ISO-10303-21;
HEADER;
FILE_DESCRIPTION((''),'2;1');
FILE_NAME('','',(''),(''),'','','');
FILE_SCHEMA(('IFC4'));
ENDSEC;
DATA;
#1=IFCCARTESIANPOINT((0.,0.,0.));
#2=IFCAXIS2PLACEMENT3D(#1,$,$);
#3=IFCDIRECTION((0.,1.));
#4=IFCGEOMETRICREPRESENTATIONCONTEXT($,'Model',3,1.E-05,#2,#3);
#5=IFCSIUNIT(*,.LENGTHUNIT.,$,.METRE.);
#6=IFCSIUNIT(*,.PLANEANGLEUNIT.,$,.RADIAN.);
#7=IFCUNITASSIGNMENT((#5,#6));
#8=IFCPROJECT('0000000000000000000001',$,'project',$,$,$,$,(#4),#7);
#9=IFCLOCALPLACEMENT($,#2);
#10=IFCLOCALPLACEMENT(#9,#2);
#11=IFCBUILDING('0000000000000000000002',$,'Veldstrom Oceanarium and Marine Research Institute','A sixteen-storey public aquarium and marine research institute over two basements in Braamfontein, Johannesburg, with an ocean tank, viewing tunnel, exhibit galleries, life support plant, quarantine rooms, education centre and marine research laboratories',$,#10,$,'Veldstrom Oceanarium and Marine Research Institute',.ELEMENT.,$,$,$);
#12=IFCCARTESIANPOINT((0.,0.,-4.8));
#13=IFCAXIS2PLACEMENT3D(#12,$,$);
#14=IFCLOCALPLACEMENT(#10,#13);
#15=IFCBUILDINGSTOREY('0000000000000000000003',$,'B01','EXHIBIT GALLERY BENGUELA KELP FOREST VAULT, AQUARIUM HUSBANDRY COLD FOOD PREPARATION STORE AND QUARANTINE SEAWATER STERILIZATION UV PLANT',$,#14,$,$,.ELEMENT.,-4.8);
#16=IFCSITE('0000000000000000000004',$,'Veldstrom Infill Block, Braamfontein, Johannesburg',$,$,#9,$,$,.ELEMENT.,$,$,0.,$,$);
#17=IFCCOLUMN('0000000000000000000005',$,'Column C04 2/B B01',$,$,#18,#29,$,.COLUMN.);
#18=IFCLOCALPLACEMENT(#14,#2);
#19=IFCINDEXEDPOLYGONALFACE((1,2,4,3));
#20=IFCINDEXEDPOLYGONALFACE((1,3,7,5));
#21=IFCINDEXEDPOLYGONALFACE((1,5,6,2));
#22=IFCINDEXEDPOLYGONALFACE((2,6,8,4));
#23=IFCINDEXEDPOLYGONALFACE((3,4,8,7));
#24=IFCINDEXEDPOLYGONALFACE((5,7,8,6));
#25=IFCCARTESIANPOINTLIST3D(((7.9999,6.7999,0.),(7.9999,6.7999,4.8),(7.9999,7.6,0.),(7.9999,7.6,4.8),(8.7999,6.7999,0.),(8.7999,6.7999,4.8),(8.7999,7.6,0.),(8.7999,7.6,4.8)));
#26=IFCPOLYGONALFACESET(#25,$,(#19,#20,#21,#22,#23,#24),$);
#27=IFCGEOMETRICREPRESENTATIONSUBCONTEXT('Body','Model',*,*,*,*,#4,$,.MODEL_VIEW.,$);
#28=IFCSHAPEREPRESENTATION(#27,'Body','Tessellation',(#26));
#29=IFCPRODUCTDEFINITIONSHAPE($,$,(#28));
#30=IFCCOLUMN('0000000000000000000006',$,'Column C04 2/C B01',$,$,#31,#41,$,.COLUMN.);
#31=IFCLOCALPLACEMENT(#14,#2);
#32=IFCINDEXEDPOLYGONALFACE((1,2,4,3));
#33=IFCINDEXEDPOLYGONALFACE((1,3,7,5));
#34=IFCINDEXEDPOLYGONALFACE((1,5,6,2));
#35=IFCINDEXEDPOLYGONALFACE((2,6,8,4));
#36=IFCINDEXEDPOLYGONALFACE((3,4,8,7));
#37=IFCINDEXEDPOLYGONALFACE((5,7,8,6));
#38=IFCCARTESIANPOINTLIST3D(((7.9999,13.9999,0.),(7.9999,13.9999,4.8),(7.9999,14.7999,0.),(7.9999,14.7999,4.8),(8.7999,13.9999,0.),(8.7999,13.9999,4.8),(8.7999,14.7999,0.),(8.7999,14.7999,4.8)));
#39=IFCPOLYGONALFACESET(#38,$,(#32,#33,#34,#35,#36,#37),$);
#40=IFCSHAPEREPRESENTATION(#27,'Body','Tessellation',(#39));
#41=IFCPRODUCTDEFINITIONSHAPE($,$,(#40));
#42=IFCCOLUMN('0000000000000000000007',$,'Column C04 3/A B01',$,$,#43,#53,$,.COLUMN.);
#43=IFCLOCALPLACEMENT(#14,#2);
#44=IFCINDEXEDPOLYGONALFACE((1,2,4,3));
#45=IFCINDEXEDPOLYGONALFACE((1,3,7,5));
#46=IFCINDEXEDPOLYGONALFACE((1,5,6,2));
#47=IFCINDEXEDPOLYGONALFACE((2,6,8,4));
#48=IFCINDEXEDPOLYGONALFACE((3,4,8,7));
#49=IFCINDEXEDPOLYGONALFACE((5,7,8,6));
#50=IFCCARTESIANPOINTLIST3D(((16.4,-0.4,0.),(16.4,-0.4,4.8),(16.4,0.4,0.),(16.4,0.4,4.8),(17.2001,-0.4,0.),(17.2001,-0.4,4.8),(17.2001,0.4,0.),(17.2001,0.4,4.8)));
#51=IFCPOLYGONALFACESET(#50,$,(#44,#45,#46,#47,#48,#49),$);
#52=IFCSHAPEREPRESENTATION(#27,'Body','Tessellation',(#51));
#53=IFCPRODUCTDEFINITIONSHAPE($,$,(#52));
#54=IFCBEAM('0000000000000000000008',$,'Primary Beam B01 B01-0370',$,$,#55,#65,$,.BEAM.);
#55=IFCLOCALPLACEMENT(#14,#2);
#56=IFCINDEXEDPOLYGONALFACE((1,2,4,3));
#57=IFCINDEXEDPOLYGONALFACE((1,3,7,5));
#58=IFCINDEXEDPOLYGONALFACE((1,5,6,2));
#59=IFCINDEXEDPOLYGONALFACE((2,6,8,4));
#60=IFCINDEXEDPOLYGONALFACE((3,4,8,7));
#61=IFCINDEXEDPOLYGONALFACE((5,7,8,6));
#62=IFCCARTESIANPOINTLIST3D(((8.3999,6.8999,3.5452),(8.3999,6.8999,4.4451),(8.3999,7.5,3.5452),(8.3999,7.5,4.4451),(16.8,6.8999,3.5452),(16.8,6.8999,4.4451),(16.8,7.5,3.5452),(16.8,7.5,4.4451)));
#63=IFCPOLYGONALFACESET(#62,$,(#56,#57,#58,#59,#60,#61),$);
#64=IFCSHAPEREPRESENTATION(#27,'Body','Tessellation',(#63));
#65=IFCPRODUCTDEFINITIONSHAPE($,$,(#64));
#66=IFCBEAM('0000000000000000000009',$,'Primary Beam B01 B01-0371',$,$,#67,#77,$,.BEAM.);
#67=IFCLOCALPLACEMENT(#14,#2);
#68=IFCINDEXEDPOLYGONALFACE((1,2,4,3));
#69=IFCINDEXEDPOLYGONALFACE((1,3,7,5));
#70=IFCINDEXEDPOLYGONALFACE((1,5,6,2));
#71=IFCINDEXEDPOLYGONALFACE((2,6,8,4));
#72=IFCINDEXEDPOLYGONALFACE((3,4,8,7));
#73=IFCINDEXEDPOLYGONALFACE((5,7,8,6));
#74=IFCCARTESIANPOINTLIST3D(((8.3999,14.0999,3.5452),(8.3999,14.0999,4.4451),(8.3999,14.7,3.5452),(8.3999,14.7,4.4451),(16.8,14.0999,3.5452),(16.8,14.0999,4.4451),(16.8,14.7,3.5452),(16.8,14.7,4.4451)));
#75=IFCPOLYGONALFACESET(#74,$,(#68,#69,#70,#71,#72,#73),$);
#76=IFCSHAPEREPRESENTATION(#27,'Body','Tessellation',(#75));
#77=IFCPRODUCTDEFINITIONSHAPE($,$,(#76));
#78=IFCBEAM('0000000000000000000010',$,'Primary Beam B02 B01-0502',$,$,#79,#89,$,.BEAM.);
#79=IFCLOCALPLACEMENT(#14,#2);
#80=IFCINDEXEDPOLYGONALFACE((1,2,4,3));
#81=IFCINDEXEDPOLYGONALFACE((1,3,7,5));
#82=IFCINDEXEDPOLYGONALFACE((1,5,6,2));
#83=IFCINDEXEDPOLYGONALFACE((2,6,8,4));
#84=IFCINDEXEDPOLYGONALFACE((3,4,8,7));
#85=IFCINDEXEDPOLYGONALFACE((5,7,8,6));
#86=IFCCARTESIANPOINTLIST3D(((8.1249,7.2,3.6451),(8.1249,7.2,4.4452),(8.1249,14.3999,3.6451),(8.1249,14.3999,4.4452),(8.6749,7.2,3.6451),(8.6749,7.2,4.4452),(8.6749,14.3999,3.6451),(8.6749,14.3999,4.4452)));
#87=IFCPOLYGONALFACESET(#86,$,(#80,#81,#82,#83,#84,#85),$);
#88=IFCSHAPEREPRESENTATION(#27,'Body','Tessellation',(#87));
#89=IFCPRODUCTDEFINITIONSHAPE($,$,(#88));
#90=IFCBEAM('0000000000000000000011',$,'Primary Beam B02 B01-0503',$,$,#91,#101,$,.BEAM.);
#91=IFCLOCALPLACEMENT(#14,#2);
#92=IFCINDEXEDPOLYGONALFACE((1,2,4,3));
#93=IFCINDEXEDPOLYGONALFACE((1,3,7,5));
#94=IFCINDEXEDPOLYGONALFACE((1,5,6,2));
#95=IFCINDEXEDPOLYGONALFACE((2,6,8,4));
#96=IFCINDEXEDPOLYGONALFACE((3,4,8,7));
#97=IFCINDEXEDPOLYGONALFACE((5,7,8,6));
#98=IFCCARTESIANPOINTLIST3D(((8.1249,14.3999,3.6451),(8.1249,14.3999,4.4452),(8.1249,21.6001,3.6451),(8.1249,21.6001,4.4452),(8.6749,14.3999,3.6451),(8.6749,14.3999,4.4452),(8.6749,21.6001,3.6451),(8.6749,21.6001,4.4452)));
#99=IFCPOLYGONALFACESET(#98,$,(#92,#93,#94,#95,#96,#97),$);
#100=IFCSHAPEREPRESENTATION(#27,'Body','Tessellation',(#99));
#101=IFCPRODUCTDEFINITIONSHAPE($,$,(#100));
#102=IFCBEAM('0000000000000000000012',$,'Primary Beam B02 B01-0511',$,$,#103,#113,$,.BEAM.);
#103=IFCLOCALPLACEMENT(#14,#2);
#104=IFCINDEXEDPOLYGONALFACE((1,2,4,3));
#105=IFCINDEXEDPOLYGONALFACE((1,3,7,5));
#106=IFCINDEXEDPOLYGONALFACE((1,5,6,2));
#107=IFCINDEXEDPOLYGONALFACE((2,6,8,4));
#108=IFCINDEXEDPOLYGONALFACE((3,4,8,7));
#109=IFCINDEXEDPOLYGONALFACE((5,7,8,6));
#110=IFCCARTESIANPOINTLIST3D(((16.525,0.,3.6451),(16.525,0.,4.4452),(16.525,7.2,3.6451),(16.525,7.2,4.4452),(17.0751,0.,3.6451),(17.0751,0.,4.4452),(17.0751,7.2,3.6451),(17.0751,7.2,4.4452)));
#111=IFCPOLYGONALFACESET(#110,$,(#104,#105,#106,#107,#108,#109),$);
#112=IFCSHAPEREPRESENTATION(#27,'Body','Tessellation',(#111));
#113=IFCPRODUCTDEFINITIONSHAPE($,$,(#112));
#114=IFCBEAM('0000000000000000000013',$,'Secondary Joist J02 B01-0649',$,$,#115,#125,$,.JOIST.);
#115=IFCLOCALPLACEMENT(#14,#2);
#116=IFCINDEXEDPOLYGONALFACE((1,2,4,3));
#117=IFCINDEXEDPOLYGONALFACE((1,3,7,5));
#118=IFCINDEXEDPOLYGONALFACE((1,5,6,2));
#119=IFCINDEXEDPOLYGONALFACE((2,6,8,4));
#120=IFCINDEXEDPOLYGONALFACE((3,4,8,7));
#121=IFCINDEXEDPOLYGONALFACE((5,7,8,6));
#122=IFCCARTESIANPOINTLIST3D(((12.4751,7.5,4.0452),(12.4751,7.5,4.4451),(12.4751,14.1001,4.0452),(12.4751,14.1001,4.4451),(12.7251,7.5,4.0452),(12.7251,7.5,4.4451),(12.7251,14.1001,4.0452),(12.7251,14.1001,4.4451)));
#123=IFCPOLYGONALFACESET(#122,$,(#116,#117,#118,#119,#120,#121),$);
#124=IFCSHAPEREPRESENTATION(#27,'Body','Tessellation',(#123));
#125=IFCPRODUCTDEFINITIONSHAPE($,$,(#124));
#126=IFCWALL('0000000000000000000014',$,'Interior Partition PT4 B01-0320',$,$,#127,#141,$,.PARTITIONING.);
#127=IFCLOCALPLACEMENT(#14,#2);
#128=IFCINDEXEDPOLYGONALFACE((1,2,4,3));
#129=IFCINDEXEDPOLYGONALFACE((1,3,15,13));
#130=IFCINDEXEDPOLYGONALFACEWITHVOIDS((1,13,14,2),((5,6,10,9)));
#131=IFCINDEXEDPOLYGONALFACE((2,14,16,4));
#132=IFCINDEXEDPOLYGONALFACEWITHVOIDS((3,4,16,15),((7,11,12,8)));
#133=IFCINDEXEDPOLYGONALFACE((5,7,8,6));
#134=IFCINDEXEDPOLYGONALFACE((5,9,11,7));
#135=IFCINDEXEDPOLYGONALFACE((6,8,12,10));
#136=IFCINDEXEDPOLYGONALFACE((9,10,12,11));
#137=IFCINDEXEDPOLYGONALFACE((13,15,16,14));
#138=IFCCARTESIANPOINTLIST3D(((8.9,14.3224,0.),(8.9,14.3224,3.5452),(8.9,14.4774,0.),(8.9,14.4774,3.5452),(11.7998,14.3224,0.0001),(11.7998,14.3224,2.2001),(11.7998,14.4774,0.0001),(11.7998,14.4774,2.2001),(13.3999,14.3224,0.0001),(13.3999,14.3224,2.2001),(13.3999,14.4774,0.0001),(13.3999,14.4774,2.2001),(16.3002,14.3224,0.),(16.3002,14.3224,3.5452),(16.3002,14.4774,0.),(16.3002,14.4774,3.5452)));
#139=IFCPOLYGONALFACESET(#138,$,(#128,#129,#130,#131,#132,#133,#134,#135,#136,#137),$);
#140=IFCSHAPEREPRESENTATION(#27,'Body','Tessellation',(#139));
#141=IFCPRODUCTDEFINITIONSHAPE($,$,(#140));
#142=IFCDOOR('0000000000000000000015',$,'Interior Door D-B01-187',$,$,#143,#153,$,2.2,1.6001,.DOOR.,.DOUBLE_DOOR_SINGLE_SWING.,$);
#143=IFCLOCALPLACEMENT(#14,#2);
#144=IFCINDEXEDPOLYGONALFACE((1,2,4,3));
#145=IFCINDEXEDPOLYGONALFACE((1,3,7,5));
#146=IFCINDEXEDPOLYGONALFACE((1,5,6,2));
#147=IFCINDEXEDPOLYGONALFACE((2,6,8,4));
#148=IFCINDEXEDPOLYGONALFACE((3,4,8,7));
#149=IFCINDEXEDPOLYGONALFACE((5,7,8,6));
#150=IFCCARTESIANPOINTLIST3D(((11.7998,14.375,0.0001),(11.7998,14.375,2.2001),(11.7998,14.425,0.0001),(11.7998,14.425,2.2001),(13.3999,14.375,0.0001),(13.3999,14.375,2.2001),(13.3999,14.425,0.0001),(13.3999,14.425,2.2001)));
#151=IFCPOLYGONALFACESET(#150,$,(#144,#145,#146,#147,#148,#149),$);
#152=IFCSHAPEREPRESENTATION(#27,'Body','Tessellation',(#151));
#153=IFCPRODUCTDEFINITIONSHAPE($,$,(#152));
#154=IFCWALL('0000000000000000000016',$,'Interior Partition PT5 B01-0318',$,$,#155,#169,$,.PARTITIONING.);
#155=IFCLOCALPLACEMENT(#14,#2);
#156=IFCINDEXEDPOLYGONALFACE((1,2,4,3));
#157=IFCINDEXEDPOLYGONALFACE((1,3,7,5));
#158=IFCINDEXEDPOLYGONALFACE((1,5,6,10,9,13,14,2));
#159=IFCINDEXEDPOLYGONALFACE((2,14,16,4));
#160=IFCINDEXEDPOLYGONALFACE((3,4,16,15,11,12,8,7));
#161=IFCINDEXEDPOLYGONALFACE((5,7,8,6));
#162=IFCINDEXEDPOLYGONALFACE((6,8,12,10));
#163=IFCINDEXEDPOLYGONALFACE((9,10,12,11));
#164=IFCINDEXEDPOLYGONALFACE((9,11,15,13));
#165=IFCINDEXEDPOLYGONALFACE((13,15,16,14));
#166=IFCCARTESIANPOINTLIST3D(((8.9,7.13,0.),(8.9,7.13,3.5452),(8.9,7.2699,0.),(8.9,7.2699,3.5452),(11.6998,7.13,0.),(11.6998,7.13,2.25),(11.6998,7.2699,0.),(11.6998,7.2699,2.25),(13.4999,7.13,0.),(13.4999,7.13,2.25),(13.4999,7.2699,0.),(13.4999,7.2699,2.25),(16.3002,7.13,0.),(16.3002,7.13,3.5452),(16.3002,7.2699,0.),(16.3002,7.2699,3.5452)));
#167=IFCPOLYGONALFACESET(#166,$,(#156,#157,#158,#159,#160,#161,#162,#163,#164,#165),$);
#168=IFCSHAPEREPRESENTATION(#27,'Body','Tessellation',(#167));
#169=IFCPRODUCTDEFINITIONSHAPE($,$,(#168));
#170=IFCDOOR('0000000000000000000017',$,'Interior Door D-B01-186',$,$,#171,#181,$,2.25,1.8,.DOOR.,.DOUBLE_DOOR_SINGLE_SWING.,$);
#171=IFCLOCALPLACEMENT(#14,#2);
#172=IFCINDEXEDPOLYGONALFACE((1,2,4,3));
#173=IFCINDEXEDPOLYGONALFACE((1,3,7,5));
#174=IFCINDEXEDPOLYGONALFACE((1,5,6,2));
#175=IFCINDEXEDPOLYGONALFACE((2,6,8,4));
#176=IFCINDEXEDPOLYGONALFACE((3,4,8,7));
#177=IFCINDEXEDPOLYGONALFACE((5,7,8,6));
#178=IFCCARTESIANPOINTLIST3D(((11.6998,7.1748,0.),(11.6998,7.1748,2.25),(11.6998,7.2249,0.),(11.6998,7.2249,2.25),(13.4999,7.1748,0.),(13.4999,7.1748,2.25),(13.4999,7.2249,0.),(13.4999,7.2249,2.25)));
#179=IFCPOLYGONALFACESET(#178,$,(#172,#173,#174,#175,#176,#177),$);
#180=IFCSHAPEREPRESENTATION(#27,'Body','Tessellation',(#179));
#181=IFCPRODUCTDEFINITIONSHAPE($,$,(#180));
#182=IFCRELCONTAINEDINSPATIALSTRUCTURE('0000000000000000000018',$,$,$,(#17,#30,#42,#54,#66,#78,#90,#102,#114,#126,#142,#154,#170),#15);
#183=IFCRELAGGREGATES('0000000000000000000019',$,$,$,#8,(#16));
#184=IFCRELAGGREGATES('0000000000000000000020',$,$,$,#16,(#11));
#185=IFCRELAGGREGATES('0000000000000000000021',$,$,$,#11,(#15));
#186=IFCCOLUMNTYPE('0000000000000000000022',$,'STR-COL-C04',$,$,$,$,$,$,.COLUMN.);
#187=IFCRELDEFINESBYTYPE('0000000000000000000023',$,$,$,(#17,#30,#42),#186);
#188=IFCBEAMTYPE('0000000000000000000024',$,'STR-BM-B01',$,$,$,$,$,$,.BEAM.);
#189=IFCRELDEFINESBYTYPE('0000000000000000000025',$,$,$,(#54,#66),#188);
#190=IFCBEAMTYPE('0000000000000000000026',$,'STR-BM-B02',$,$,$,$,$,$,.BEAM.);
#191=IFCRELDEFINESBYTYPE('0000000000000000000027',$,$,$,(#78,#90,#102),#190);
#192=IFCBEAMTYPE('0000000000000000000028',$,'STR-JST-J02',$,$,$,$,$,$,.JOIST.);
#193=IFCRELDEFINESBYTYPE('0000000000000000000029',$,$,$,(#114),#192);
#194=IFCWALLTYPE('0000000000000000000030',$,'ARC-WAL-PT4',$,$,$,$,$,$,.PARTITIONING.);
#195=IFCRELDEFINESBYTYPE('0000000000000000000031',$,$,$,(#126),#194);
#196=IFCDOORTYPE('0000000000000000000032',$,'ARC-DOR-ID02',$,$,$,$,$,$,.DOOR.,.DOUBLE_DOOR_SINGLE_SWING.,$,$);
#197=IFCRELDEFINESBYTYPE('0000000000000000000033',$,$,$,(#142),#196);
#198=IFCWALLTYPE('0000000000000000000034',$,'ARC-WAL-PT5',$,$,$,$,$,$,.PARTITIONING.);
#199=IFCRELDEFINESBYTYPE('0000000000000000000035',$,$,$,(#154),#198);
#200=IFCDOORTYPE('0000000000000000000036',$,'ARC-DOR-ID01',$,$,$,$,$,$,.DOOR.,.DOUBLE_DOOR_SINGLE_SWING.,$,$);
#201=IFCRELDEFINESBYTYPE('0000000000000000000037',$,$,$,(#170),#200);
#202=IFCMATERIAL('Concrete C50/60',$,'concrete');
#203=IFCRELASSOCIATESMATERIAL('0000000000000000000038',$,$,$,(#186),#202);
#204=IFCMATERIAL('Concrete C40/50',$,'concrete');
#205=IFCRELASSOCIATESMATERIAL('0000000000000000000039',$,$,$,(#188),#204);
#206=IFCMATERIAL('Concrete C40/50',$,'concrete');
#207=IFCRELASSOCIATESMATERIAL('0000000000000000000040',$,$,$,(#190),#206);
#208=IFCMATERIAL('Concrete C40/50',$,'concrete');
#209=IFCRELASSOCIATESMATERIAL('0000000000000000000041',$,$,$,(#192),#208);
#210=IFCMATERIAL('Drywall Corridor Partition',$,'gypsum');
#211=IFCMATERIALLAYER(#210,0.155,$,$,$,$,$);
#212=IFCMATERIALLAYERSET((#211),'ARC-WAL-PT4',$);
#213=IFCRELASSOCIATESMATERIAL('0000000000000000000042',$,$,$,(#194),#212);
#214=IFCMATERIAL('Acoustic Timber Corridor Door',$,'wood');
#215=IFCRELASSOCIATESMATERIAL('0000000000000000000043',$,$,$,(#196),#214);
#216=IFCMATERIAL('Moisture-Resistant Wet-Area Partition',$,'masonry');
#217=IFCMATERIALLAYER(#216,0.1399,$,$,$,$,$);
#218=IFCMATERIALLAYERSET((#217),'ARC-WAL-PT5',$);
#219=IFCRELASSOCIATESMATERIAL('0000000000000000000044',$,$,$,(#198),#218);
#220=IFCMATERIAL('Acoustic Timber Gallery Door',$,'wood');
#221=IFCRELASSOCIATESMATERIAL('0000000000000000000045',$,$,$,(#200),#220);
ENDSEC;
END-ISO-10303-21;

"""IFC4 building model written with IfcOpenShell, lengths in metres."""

from ifc_helpers import new_model, si_unit, direction, frame, frame_2d, origin, origin_2d, place, context, subcontext, project, spatial, rectangle, extrude, material, layer, layer_set, material_profile, profile_set, type_object, element, fill, save


model = new_model("IFC4")

# Units and contexts
model_context = context("Model", 3, precision=1e-05, world=origin(), true_north=direction((0.0, 1.0)))
body_context = subcontext(model_context, "Body", "Model", "MODEL_VIEW")
ifc_project = project(units=[si_unit("LENGTHUNIT", "METRE"), si_unit("PLANEANGLEUNIT", "RADIAN")], contexts=[model_context])

# Site, building, storey
site_placement = place(None, origin())
site = spatial("IfcSite", under=ifc_project, at=site_placement, Name="Veldstrom Infill Block, Braamfontein, Johannesburg", CompositionType="ELEMENT", RefElevation=0.0)
building_placement = place(site_placement, origin())
building = spatial("IfcBuilding", under=site, at=building_placement, Name="Veldstrom Oceanarium and Marine Research Institute", Description="A sixteen-storey public aquarium and marine research institute over two basements in Braamfontein, Johannesburg, with an ocean tank, viewing tunnel, exhibit galleries, life support plant, quarantine rooms, education centre and marine research laboratories", LongName="Veldstrom Oceanarium and Marine Research Institute", CompositionType="ELEMENT")
storey_placement = place(building_placement, frame((0.0, 0.0, -4.8)))
storey = spatial("IfcBuildingStorey", under=building, at=storey_placement, Name="B01", Description="EXHIBIT GALLERY BENGUELA KELP FOREST VAULT, AQUARIUM HUSBANDRY COLD FOOD PREPARATION STORE AND QUARANTINE SEAWATER STERILIZATION UV PLANT", CompositionType="ELEMENT", Elevation=-4.8)

# Columns
ifc_material_1 = material(Name="Concrete C50/60", Category="concrete")
ifc_material_profile_1 = material_profile(ifc_material_1, rectangle(XDim=0.8, YDim=0.8, at=origin_2d()), Name="RC-COL-800x800")
ifc_profile_set_1 = profile_set([ifc_material_profile_1], Name="Concrete C50/60")
column_type = type_object("IfcColumnType", Name="STR-COL-C04", PredefinedType="COLUMN", material=ifc_profile_set_1)
for number, where, z_axis, x_axis, name in (
    (1, (8.3999, 7.2, 0.0), (0.0, 0.0, 1.0), (1.0, 0.0, 0.0), "Column C04 2/B B01"),
    (2, (8.3999, 14.3999, 0.0), (0.0, 0.0, 1.0), (1.0, 0.0, 0.0), "Column C04 2/C B01"),
    (3, (16.8, 0.0, 0.0), (0.0, 0.0, 1.0), (1.0, 0.0, 0.0), "Column C04 3/A B01"),
):
    element("IfcColumn", number, at=place(storey_placement, frame(where, z_axis=z_axis, x_axis=x_axis)), inside=storey, type_object=column_type, Name=name, PredefinedType="COLUMN", context=body_context, shape_type="SweptSolid", body=[
        extrude(rectangle(XDim=0.8, YDim=0.8, at=origin_2d()), origin(), (0.0, 0.0, 1.0), 4.8),
    ])

# Beams
ifc_material_2 = material(Name="Concrete C40/50", Category="concrete")
ifc_material_profile_2 = material_profile(ifc_material_2, rectangle(XDim=0.6001, YDim=0.8999, at=origin_2d()), Name="RC-BM-600x900")
ifc_profile_set_2 = profile_set([ifc_material_profile_2], Name="Concrete C40/50")
beam_type_1 = type_object("IfcBeamType", Name="STR-BM-B01", PredefinedType="BEAM", material=ifc_profile_set_2)
for number, where, z_axis, x_axis, name in (
    (4, (8.3999, 7.2, 3.9951), (1.0, 0.0, 0.0), (0.0, 1.0, 0.0), "Primary Beam B01 B01-0370"),
    (5, (8.3999, 14.3999, 3.9951), (1.0, 0.0, 0.0), (0.0, 1.0, 0.0), "Primary Beam B01 B01-0371"),
):
    element("IfcBeam", number, at=place(storey_placement, frame(where, z_axis=z_axis, x_axis=x_axis)), inside=storey, type_object=beam_type_1, Name=name, PredefinedType="BEAM", context=body_context, shape_type="SweptSolid", body=[
        extrude(rectangle(XDim=0.6001, YDim=0.8999, at=origin_2d()), origin(), (0.0, 0.0, 1.0), 8.4001),
    ])
ifc_material_3 = material(Name="Concrete C40/50", Category="concrete")
ifc_material_profile_3 = material_profile(ifc_material_3, rectangle(XDim=0.55, YDim=0.8, at=origin_2d()), Name="RC-BM-550x800")
ifc_profile_set_3 = profile_set([ifc_material_profile_3], Name="Concrete C40/50")
beam_type_2 = type_object("IfcBeamType", Name="STR-BM-B02", PredefinedType="BEAM", material=ifc_profile_set_3)
beam_1_placement = place(storey_placement, frame((8.3999, 7.2, 4.0452), z_axis=(0.0, 1.0, 0.0), x_axis=(-1.0, 0.0, 0.0)))
element("IfcBeam", 6, at=beam_1_placement, inside=storey, type_object=beam_type_2, Name="Primary Beam B02 B01-0502", PredefinedType="BEAM", context=body_context, shape_type="SweptSolid", body=[
    extrude(rectangle(XDim=0.55, YDim=0.8, at=origin_2d()), origin(), (0.0, 0.0, 1.0), 7.2),
])
beam_2_placement = place(storey_placement, frame((8.3999, 14.3999, 4.0452), z_axis=(0.0, 1.0, 0.0), x_axis=(-1.0, 0.0, 0.0)))
element("IfcBeam", 7, at=beam_2_placement, inside=storey, type_object=beam_type_2, Name="Primary Beam B02 B01-0503", PredefinedType="BEAM", context=body_context, shape_type="SweptSolid", body=[
    extrude(rectangle(XDim=0.55, YDim=0.8, at=origin_2d()), origin(), (0.0, 0.0, 1.0), 7.2002),
])
beam_3_placement = place(storey_placement, frame((16.8, 0.0, 4.0452), z_axis=(0.0, 1.0, 0.0), x_axis=(-1.0, 0.0, 0.0)))
element("IfcBeam", 8, at=beam_3_placement, inside=storey, type_object=beam_type_2, Name="Primary Beam B02 B01-0511", PredefinedType="BEAM", context=body_context, shape_type="SweptSolid", body=[
    extrude(rectangle(XDim=0.55, YDim=0.8, at=origin_2d()), origin(), (0.0, 0.0, 1.0), 7.2),
])
ifc_material_4 = material(Name="Concrete C40/50", Category="concrete")
ifc_material_profile_4 = material_profile(ifc_material_4, rectangle(XDim=0.25, YDim=0.3999, at=origin_2d()), Name="RC-JST-250x400")
ifc_profile_set_4 = profile_set([ifc_material_profile_4], Name="Concrete C40/50")
beam_type_3 = type_object("IfcBeamType", Name="STR-JST-J02", PredefinedType="JOIST", material=ifc_profile_set_4)
beam_4_placement = place(storey_placement, frame((12.6001, 7.5, 4.2451), z_axis=(0.0, 1.0, 0.0), x_axis=(-1.0, 0.0, 0.0)))
element("IfcBeam", 9, at=beam_4_placement, inside=storey, type_object=beam_type_3, Name="Secondary Joist J02 B01-0649", PredefinedType="JOIST", context=body_context, shape_type="SweptSolid", body=[
    extrude(rectangle(XDim=0.25, YDim=0.3999, at=origin_2d()), origin(), (0.0, 0.0, 1.0), 6.6001),
])

# Walls, openings, doors
ifc_material_5 = material(Name="Drywall Corridor Partition", Category="gypsum")
ifc_layer_1 = layer(ifc_material_5, 0.155)
ifc_layer_set_1 = layer_set([ifc_layer_1], Name="ARC-WAL-PT4")
wall_type_1 = type_object("IfcWallType", Name="ARC-WAL-PT4", PredefinedType="PARTITIONING", material=ifc_layer_set_1)
wall_1_placement = place(storey_placement, frame((8.8999, 14.3999, 0.0), z_axis=(0.0, 0.0, 1.0), x_axis=(1.0, 0.0, 0.0)))
wall_1 = element("IfcWall", 10, at=wall_1_placement, inside=storey, type_object=wall_type_1, Name="Interior Partition PT4 B01-0320", PredefinedType="PARTITIONING", context=body_context, shape_type="SweptSolid", body=[
    extrude(rectangle(XDim=7.4001, YDim=0.155, at=frame_2d((3.7002, 0.0))), origin(), (0.0, 0.0, 1.0), 3.5452),
])
opening_1_placement = place(wall_1_placement, frame((2.8999, 0.0, 0.0)))
opening_1 = element("IfcOpeningElement", 11, at=opening_1_placement, cuts=wall_1, PredefinedType="OPENING", context=body_context, shape_type="SweptSolid", body=[
    extrude(rectangle(XDim=1.6001, YDim=2.2, at=frame_2d((0.8, 1.1001))), frame((0.0, 0.0874, 0.0), z_axis=(0.0, -1.0, 0.0), x_axis=(1.0, 0.0, 0.0)), (0.0, 0.0, 1.0), 0.175),
])
ifc_material_6 = material(Name="Acoustic Timber Corridor Door", Category="wood")
door_type_1 = type_object("IfcDoorType", Name="ARC-DOR-ID02", OperationType="DOUBLE_DOOR_SINGLE_SWING", PredefinedType="DOOR", material=ifc_material_6)
door_1_placement = place(opening_1_placement, frame((1.6001, 0.0, 0.0), z_axis=(0.0, 0.0, 1.0), x_axis=(-1.0, 0.0, 0.0)))
door_1 = element("IfcDoor", 12, at=door_1_placement, inside=storey, type_object=door_type_1, Name="Interior Door D-B01-187", OperationType="DOUBLE_DOOR_SINGLE_SWING", OverallHeight=2.2, OverallWidth=1.6001, PredefinedType="DOOR", context=body_context, shape_type="SweptSolid", body=[
    extrude(rectangle(XDim=1.6001, YDim=2.2, at=frame_2d((0.8, 1.1001))), frame((0.0, 0.0249, 0.0), z_axis=(0.0, -1.0, 0.0), x_axis=(1.0, 0.0, 0.0)), (0.0, 0.0, 1.0), 0.05),
])
fill(opening_1, door_1)
ifc_material_7 = material(Name="Moisture-Resistant Wet-Area Partition", Category="masonry")
ifc_layer_2 = layer(ifc_material_7, 0.1399)
ifc_layer_set_2 = layer_set([ifc_layer_2], Name="ARC-WAL-PT5")
wall_type_2 = type_object("IfcWallType", Name="ARC-WAL-PT5", PredefinedType="PARTITIONING", material=ifc_layer_set_2)
wall_2_placement = place(storey_placement, frame((8.8999, 7.2, 0.0), z_axis=(0.0, 0.0, 1.0), x_axis=(1.0, 0.0, 0.0)))
wall_2 = element("IfcWall", 13, at=wall_2_placement, inside=storey, type_object=wall_type_2, Name="Interior Partition PT5 B01-0318", PredefinedType="PARTITIONING", context=body_context, shape_type="SweptSolid", body=[
    extrude(rectangle(XDim=7.4001, YDim=0.1399, at=frame_2d((3.7002, 0.0))), origin(), (0.0, 0.0, 1.0), 3.5452),
])
opening_2_placement = place(wall_2_placement, frame((2.8, 0.0, 0.0)))
opening_2 = element("IfcOpeningElement", 14, at=opening_2_placement, cuts=wall_2, PredefinedType="OPENING", context=body_context, shape_type="SweptSolid", body=[
    extrude(rectangle(XDim=1.8, YDim=2.25, at=frame_2d((0.8999, 1.125))), frame((0.0, 0.0798, 0.0), z_axis=(0.0, -1.0, 0.0), x_axis=(1.0, 0.0, 0.0)), (0.0, 0.0, 1.0), 0.1599),
])
ifc_material_8 = material(Name="Acoustic Timber Gallery Door", Category="wood")
door_type_2 = type_object("IfcDoorType", Name="ARC-DOR-ID01", OperationType="DOUBLE_DOOR_SINGLE_SWING", PredefinedType="DOOR", material=ifc_material_8)
door_2_placement = place(opening_2_placement, origin())
door_2 = element("IfcDoor", 15, at=door_2_placement, inside=storey, type_object=door_type_2, Name="Interior Door D-B01-186", OperationType="DOUBLE_DOOR_SINGLE_SWING", OverallHeight=2.25, OverallWidth=1.8, PredefinedType="DOOR", context=body_context, shape_type="SweptSolid", body=[
    extrude(rectangle(XDim=1.8, YDim=2.25, at=frame_2d((0.8999, 1.125))), frame((0.0, 0.0249, 0.0), z_axis=(0.0, -1.0, 0.0), x_axis=(1.0, 0.0, 0.0)), (0.0, 0.0, 1.0), 0.05),
])
fill(opening_2, door_2)

save(model, "model.ifc")
